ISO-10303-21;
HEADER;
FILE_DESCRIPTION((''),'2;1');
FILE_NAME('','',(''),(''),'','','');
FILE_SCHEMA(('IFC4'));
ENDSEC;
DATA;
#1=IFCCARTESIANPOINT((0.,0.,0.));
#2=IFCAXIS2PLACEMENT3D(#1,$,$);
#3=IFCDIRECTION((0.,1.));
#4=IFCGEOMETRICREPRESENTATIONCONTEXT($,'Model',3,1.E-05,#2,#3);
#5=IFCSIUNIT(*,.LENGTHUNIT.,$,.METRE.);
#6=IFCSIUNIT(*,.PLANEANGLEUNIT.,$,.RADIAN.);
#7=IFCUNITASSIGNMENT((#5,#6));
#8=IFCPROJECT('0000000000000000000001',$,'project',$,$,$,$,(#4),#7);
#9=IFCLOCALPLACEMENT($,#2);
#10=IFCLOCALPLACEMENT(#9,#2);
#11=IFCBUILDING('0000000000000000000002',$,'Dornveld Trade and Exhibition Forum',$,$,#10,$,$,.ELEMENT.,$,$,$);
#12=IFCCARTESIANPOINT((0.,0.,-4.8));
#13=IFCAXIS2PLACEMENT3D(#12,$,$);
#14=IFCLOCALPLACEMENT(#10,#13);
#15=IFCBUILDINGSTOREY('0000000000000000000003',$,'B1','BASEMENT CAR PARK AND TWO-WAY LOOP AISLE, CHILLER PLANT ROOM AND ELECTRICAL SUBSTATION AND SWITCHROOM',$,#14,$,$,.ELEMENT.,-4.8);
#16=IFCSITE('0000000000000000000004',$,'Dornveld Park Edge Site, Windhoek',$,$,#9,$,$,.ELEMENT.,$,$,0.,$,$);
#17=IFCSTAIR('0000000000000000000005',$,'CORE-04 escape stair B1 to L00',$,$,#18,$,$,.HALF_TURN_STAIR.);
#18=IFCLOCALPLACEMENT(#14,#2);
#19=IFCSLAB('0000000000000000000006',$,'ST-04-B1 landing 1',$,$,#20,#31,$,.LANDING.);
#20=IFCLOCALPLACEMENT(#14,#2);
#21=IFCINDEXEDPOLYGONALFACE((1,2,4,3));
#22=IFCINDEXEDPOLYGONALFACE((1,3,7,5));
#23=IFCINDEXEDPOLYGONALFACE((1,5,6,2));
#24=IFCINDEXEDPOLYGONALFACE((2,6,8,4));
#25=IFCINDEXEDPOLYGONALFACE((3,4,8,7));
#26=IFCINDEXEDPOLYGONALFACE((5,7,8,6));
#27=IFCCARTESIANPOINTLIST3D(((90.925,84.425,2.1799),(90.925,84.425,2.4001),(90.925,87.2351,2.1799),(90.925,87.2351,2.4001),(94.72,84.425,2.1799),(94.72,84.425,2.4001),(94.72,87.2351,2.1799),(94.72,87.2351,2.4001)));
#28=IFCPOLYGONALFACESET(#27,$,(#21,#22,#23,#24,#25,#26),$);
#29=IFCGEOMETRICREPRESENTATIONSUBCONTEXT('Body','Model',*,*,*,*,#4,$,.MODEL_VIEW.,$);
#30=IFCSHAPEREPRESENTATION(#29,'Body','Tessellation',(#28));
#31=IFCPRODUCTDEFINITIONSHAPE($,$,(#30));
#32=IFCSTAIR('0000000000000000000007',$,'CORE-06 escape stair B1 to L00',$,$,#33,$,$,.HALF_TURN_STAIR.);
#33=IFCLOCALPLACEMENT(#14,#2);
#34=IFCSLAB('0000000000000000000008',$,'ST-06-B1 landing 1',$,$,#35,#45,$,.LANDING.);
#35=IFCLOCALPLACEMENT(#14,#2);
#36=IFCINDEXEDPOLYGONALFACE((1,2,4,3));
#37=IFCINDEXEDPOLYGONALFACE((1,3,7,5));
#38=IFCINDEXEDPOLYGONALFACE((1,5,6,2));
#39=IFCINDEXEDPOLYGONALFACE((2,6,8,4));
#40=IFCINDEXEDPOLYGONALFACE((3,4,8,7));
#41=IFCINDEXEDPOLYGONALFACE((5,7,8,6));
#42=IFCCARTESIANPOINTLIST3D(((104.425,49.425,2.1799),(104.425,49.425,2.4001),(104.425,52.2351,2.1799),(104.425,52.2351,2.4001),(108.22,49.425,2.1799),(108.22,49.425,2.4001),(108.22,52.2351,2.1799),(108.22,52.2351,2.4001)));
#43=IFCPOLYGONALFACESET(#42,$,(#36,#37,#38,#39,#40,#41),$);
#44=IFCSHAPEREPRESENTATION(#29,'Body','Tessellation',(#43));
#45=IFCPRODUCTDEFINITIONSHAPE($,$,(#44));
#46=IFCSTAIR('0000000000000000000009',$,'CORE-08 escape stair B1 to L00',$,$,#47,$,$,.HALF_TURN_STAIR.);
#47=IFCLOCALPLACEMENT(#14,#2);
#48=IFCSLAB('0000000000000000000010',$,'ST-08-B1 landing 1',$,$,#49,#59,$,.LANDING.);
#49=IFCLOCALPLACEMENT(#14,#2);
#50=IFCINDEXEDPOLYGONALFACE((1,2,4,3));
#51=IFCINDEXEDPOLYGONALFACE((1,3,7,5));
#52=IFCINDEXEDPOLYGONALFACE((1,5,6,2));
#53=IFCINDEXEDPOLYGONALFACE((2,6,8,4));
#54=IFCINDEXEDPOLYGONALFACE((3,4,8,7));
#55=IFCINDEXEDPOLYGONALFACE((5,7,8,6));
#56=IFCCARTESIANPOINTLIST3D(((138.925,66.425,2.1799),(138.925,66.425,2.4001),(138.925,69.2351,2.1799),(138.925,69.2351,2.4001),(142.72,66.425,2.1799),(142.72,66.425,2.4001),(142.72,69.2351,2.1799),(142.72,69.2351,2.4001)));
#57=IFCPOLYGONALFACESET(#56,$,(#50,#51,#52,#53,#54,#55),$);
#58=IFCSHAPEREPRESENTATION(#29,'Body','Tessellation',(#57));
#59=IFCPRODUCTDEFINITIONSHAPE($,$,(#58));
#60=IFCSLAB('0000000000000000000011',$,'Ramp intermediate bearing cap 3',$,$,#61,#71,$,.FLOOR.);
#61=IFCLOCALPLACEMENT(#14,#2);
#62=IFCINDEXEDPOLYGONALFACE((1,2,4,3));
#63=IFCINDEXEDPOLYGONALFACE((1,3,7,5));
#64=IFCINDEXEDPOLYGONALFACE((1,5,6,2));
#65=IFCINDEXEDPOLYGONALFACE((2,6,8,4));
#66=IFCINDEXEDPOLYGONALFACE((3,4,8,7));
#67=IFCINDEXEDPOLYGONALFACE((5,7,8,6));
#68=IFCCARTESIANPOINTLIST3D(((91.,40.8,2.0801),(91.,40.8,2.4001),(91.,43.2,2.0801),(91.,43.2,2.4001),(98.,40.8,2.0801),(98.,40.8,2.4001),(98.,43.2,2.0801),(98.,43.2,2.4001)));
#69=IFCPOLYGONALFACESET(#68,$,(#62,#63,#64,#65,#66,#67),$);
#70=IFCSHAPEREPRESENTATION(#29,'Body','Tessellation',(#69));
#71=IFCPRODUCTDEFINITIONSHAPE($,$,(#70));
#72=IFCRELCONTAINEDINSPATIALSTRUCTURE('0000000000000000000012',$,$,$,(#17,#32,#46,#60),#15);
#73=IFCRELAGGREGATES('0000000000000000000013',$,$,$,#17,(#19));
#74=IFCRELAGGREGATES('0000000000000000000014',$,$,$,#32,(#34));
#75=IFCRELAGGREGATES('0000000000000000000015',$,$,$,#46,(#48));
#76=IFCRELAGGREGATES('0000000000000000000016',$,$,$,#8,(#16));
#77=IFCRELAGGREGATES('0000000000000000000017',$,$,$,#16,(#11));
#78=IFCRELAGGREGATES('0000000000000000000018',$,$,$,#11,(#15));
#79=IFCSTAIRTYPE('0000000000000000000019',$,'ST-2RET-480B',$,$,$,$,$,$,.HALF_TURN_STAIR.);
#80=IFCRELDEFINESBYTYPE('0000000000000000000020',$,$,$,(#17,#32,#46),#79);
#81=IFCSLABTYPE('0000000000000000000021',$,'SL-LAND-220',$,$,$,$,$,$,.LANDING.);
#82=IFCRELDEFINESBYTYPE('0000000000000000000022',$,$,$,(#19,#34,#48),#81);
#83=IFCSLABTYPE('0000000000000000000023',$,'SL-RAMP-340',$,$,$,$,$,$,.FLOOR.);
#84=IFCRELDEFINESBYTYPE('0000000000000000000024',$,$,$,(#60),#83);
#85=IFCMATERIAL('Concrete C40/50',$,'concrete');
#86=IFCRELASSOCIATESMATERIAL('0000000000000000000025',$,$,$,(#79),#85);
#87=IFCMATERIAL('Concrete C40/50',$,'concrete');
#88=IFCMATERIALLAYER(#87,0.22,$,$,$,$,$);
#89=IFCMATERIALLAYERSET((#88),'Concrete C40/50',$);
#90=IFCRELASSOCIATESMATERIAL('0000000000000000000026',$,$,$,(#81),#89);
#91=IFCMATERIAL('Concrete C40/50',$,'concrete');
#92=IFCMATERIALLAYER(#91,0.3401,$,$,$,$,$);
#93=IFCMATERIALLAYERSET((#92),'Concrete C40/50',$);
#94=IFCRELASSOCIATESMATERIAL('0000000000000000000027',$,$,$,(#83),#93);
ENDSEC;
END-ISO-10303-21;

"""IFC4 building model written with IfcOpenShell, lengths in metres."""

from ifc_helpers import new_model, si_unit, direction, frame, origin, place, context, subcontext, project, spatial, polyline, outline, extrude, material, layer, layer_set, type_object, element, aggregate, save


model = new_model("IFC4")

# Units and contexts
model_context = context("Model", 3, precision=1e-05, world=origin(), true_north=direction((0.0, 1.0)))
body_context = subcontext(model_context, "Body", "Model", "MODEL_VIEW")
ifc_project = project(units=[si_unit("LENGTHUNIT", "METRE"), si_unit("PLANEANGLEUNIT", "RADIAN")], contexts=[model_context])

# Site, building, storey
site_placement = place(None, origin())
site = spatial("IfcSite", under=ifc_project, at=site_placement, Name="Dornveld Park Edge Site, Windhoek", CompositionType="ELEMENT", RefElevation=0.0)
building_placement = place(site_placement, origin())
building = spatial("IfcBuilding", under=site, at=building_placement, Name="Dornveld Trade and Exhibition Forum", CompositionType="ELEMENT")
storey_placement = place(building_placement, frame((0.0, 0.0, -4.8)))
storey = spatial("IfcBuildingStorey", under=building, at=storey_placement, Name="B1", Description="BASEMENT CAR PARK AND TWO-WAY LOOP AISLE, CHILLER PLANT ROOM AND ELECTRICAL SUBSTATION AND SWITCHROOM", CompositionType="ELEMENT", Elevation=-4.8)

# Stairs, slabs
ifc_material_1 = material(Name="Concrete C40/50", Category="concrete")
stair_type_1 = type_object("IfcStairType", Name="ST-2RET-480B", PredefinedType="HALF_TURN_STAIR", material=ifc_material_1)
ifc_material_2 = material(Name="Concrete C40/50", Category="concrete")
ifc_layer_1 = layer(ifc_material_2, 0.22)
ifc_layer_set_1 = layer_set([ifc_layer_1], Name="Concrete C40/50")
slab_type_1 = type_object("IfcSlabType", Name="SL-LAND-220", PredefinedType="LANDING", material=ifc_layer_set_1)
stair_1_placement = place(storey_placement, origin())
stair_1 = element("IfcStair", 1, at=stair_1_placement, inside=storey, type_object=stair_type_1, Name="CORE-04 escape stair B1 to L00", PredefinedType="HALF_TURN_STAIR")
slab_1_placement = place(storey_placement, frame((0.0, 0.0, 2.1799)))
slab_1 = element("IfcSlab", 2, at=slab_1_placement, type_object=slab_type_1, Name="ST-04-B1 landing 1", PredefinedType="LANDING", context=body_context, shape_type="SweptSolid", body=[
    extrude(outline(polyline([(90.925, 84.425), (94.72, 84.425), (94.72, 87.2351), (90.925, 87.2351), (90.925, 84.425)])), origin(), (0.0, 0.0, 1.0), 0.2202),
])
aggregate(stair_1, [slab_1])
stair_2_placement = place(storey_placement, origin())
stair_2 = element("IfcStair", 3, at=stair_2_placement, inside=storey, type_object=stair_type_1, Name="CORE-06 escape stair B1 to L00", PredefinedType="HALF_TURN_STAIR")
slab_2_placement = place(storey_placement, frame((0.0, 0.0, 2.1799)))
slab_2 = element("IfcSlab", 4, at=slab_2_placement, type_object=slab_type_1, Name="ST-06-B1 landing 1", PredefinedType="LANDING", context=body_context, shape_type="SweptSolid", body=[
    extrude(outline(polyline([(104.425, 49.425), (108.22, 49.425), (108.22, 52.2351), (104.425, 52.2351), (104.425, 49.425)])), origin(), (0.0, 0.0, 1.0), 0.2202),
])
aggregate(stair_2, [slab_2])
stair_3_placement = place(storey_placement, origin())
stair_3 = element("IfcStair", 5, at=stair_3_placement, inside=storey, type_object=stair_type_1, Name="CORE-08 escape stair B1 to L00", PredefinedType="HALF_TURN_STAIR")
slab_3_placement = place(storey_placement, frame((0.0, 0.0, 2.1799)))
slab_3 = element("IfcSlab", 6, at=slab_3_placement, type_object=slab_type_1, Name="ST-08-B1 landing 1", PredefinedType="LANDING", context=body_context, shape_type="SweptSolid", body=[
    extrude(outline(polyline([(138.925, 66.425), (142.72, 66.425), (142.72, 69.2351), (138.925, 69.2351), (138.925, 66.425)])), origin(), (0.0, 0.0, 1.0), 0.2202),
])
aggregate(stair_3, [slab_3])

# Slab
ifc_material_3 = material(Name="Concrete C40/50", Category="concrete")
ifc_layer_2 = layer(ifc_material_3, 0.3401)
ifc_layer_set_2 = layer_set([ifc_layer_2], Name="Concrete C40/50")
slab_type_2 = type_object("IfcSlabType", Name="SL-RAMP-340", PredefinedType="FLOOR", material=ifc_layer_set_2)
slab_4_placement = place(storey_placement, frame((0.0, 0.0, 2.0801)))
element("IfcSlab", 7, at=slab_4_placement, inside=storey, type_object=slab_type_2, Name="Ramp intermediate bearing cap 3", PredefinedType="FLOOR", context=body_context, shape_type="SweptSolid", body=[
    extrude(outline(polyline([(91.0, 40.8), (98.0, 40.8), (98.0, 43.2), (91.0, 43.2), (91.0, 40.8)])), origin(), (0.0, 0.0, 1.0), 0.3201),
])

save(model, "model.ifc")
